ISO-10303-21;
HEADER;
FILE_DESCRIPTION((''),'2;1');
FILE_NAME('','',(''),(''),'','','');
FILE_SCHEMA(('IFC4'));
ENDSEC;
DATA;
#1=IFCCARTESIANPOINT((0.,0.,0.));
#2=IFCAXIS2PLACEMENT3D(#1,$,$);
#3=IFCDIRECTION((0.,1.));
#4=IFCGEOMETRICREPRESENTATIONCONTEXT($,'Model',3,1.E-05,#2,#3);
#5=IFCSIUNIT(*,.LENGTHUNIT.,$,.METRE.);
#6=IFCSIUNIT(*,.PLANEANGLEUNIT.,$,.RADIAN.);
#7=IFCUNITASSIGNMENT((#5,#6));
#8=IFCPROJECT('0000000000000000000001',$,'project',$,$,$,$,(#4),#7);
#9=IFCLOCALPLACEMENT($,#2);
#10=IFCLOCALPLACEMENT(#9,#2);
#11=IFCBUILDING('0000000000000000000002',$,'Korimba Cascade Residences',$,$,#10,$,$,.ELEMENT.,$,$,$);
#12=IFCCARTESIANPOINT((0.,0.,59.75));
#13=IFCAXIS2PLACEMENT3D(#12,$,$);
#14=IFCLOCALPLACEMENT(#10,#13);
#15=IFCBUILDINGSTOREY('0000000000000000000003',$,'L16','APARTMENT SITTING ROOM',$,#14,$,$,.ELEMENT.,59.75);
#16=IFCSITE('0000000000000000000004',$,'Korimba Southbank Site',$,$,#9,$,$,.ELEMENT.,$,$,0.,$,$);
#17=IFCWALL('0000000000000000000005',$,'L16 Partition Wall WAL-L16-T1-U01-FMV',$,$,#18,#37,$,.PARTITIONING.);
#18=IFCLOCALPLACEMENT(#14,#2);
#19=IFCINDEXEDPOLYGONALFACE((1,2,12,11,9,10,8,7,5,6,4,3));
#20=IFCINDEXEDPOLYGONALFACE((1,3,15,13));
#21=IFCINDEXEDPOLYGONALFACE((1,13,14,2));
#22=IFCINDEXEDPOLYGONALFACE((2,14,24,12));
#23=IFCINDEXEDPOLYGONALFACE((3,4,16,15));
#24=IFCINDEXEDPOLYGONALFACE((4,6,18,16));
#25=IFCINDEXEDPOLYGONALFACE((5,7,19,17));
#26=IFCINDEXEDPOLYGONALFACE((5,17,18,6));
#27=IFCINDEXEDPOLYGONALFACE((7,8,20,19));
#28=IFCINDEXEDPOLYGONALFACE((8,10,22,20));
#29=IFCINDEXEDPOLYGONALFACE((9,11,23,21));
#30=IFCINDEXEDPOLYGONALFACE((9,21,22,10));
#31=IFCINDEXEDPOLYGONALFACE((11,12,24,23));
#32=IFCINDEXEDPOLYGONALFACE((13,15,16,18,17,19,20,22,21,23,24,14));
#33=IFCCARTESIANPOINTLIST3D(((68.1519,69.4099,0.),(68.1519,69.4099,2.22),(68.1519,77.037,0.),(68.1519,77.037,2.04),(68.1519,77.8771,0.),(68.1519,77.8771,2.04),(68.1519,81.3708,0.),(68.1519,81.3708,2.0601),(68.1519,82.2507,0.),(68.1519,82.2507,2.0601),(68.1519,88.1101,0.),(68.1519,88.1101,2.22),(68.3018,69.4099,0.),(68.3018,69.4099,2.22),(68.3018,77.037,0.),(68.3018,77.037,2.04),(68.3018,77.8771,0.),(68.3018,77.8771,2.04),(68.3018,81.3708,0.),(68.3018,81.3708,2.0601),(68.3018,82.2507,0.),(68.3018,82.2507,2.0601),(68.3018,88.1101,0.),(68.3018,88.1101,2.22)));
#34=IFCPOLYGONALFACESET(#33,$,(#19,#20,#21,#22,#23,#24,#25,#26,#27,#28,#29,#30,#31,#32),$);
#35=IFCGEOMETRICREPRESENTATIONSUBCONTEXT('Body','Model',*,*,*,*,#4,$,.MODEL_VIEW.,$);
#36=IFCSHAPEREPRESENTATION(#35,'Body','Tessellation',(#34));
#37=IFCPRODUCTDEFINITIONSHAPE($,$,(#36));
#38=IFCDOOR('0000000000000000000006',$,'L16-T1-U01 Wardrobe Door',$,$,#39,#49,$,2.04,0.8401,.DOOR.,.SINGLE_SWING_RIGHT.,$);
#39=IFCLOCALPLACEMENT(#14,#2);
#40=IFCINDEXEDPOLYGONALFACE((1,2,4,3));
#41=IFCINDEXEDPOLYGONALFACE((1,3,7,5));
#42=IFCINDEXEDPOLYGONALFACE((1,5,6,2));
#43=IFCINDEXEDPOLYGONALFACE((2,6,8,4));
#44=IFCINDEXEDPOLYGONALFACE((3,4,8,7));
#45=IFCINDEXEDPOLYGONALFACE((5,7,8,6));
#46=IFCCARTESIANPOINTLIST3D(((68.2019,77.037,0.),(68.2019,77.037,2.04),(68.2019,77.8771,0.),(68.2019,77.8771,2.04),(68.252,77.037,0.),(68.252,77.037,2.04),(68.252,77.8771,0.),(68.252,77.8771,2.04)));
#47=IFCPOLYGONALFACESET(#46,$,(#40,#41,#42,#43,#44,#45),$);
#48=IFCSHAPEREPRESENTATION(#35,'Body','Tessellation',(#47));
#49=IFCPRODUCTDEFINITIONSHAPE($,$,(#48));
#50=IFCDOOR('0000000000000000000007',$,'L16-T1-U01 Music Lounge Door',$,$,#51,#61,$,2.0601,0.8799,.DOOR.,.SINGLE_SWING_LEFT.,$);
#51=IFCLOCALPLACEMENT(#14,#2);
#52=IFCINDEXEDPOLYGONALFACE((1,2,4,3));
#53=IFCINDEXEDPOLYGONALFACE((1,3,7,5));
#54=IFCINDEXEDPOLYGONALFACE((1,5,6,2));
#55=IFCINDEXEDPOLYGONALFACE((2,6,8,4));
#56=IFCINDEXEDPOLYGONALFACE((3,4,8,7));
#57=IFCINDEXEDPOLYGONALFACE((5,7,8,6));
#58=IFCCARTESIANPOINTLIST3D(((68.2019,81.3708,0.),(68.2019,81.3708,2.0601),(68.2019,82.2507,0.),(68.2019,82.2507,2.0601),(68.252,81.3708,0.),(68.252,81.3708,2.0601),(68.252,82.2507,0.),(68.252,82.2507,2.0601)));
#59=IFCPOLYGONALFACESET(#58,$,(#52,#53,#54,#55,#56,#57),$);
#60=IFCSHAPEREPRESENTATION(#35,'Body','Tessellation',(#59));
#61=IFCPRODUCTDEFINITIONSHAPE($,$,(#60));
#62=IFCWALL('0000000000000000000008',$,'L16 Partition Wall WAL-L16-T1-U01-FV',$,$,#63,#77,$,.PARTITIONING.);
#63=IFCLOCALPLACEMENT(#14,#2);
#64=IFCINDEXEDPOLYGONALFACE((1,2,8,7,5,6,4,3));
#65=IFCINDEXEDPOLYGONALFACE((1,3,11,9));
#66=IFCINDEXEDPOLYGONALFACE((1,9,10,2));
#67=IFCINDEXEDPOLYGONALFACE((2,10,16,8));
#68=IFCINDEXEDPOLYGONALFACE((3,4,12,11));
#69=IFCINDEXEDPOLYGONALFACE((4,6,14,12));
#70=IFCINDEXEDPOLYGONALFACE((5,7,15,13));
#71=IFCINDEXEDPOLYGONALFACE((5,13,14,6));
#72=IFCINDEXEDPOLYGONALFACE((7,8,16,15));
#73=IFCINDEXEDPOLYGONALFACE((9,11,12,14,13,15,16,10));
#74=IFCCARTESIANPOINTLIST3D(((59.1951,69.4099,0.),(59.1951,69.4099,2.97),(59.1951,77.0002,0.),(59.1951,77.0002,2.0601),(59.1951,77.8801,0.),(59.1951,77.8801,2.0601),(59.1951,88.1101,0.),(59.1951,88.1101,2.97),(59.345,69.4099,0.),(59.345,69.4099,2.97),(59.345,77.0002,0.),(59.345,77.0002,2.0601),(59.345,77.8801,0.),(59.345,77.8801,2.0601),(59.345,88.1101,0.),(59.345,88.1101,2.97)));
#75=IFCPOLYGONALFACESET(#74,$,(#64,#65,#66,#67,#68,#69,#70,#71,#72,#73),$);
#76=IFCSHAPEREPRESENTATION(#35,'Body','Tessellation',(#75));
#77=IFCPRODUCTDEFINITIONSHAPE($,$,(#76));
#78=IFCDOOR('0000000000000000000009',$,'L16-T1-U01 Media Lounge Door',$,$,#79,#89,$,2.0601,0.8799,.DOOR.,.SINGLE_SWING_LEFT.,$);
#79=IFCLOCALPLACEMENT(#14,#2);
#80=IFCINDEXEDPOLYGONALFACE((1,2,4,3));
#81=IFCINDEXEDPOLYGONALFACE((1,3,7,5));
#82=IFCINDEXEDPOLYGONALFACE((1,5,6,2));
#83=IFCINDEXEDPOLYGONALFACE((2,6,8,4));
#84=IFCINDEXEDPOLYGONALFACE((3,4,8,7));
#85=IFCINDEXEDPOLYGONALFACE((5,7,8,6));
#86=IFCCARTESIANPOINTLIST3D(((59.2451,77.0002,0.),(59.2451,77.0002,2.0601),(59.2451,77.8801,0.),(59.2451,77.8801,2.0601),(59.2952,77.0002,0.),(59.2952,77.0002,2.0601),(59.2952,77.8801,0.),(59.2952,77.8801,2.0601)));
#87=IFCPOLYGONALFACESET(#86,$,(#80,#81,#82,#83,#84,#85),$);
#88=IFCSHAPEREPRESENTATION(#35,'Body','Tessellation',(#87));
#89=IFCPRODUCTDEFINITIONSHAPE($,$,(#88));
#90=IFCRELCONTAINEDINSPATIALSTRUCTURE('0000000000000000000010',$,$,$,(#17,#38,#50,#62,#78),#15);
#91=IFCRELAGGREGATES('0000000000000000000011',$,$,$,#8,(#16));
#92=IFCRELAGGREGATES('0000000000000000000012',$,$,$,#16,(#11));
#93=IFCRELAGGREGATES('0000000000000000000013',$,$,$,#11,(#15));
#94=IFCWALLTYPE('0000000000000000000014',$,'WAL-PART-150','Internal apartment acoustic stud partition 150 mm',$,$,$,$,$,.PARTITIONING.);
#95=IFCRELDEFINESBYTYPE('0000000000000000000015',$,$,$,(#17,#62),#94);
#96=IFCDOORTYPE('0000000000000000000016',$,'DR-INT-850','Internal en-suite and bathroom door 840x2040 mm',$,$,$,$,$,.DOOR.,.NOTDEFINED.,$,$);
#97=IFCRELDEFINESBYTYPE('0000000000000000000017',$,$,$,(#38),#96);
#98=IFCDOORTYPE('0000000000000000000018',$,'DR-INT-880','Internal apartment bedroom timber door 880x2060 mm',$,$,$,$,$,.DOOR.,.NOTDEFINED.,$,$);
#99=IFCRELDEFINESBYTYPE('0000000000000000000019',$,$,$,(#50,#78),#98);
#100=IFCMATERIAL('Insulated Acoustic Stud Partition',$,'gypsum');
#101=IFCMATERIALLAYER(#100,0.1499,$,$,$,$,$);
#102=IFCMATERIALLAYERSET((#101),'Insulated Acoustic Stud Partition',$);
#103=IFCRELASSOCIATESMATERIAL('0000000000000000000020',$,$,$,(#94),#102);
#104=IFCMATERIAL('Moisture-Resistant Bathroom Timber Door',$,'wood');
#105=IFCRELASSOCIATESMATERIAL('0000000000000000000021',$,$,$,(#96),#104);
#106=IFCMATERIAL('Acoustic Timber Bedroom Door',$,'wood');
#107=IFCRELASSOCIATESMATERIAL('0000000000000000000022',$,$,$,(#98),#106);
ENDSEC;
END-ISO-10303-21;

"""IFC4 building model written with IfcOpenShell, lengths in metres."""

from ifc_helpers import new_model, si_unit, direction, frame, frame_2d, origin, place, context, subcontext, project, spatial, rectangle, extrude, material, layer, layer_set, type_object, element, fill, save


model = new_model("IFC4")

# Units and contexts
model_context = context("Model", 3, precision=1e-05, world=origin(), true_north=direction((0.0, 1.0)))
body_context = subcontext(model_context, "Body", "Model", "MODEL_VIEW")
ifc_project = project(units=[si_unit("LENGTHUNIT", "METRE"), si_unit("PLANEANGLEUNIT", "RADIAN")], contexts=[model_context])

# Site, building, storey
site_placement = place(None, origin())
site = spatial("IfcSite", under=ifc_project, at=site_placement, Name="Korimba Southbank Site", CompositionType="ELEMENT", RefElevation=0.0)
building_placement = place(site_placement, origin())
building = spatial("IfcBuilding", under=site, at=building_placement, Name="Korimba Cascade Residences", CompositionType="ELEMENT")
storey_placement = place(building_placement, frame((0.0, 0.0, 59.75)))
storey = spatial("IfcBuildingStorey", under=building, at=storey_placement, Name="L16", Description="APARTMENT SITTING ROOM", CompositionType="ELEMENT", Elevation=59.75)

# Shared definitions
ifc_material_1 = material(Name="Insulated Acoustic Stud Partition", Category="gypsum")
ifc_layer_1 = layer(ifc_material_1, 0.1499)
ifc_layer_set_1 = layer_set([ifc_layer_1], Name="Insulated Acoustic Stud Partition")
wall_type_1 = type_object("IfcWallType", Name="WAL-PART-150", Description="Internal apartment acoustic stud partition 150 mm", PredefinedType="PARTITIONING", material=ifc_layer_set_1)
ifc_material_2 = material(Name="Moisture-Resistant Bathroom Timber Door", Category="wood")
door_type_1 = type_object("IfcDoorType", Name="DR-INT-850", Description="Internal en-suite and bathroom door 840x2040 mm", OperationType="NOTDEFINED", PredefinedType="DOOR", material=ifc_material_2)

# Wall, openings, doors
wall_1_placement = place(storey_placement, frame((68.2268, 69.4099, 0.0), z_axis=(0.0, 0.0, 1.0), x_axis=(0.0, 1.0, 0.0)))
wall_1 = element("IfcWall", 1, at=wall_1_placement, inside=storey, type_object=wall_type_1, Name="L16 Partition Wall WAL-L16-T1-U01-FMV", PredefinedType="PARTITIONING", context=body_context, shape_type="SweptSolid", body=[
    extrude(rectangle(XDim=18.7002, YDim=0.1499, at=frame_2d((9.3501, 0.0))), origin(), (0.0, 0.0, 1.0), 2.22),
])
opening_1_placement = place(wall_1_placement, frame((7.6272, 0.0, 0.0)))
opening_1 = element("IfcOpeningElement", 2, at=opening_1_placement, cuts=wall_1, PredefinedType="OPENING", context=body_context, shape_type="SweptSolid", body=[
    extrude(rectangle(XDim=0.8401, YDim=2.04, at=frame_2d((0.4199, 1.02))), frame((0.0, 0.085, 0.0), z_axis=(0.0, -1.0, 0.0), x_axis=(1.0, 0.0, 0.0)), (0.0, 0.0, 1.0), 0.1699),
])
opening_2_placement = place(wall_1_placement, frame((11.9609, 0.0, 0.0)))
opening_2 = element("IfcOpeningElement", 3, at=opening_2_placement, cuts=wall_1, PredefinedType="OPENING", context=body_context, shape_type="SweptSolid", body=[
    extrude(rectangle(XDim=0.8799, YDim=2.0601, at=frame_2d((0.4399, 1.03))), frame((0.0, 0.085, 0.0), z_axis=(0.0, -1.0, 0.0), x_axis=(1.0, 0.0, 0.0)), (0.0, 0.0, 1.0), 0.1699),
])
door_1_placement = place(opening_1_placement, origin())
door_1 = element("IfcDoor", 4, at=door_1_placement, inside=storey, type_object=door_type_1, Name="L16-T1-U01 Wardrobe Door", OperationType="SINGLE_SWING_RIGHT", OverallHeight=2.04, OverallWidth=0.8401, PredefinedType="DOOR", context=body_context, shape_type="SweptSolid", body=[
    extrude(rectangle(XDim=0.8401, YDim=2.04, at=frame_2d((0.4199, 1.02))), frame((0.0, 0.0249, 0.0), z_axis=(0.0, -1.0, 0.0), x_axis=(1.0, 0.0, 0.0)), (0.0, 0.0, 1.0), 0.05),
])
fill(opening_1, door_1)
ifc_material_3 = material(Name="Acoustic Timber Bedroom Door", Category="wood")
door_type_2 = type_object("IfcDoorType", Name="DR-INT-880", Description="Internal apartment bedroom timber door 880x2060 mm", OperationType="NOTDEFINED", PredefinedType="DOOR", material=ifc_material_3)
door_2_placement = place(opening_2_placement, origin())
door_2 = element("IfcDoor", 5, at=door_2_placement, inside=storey, type_object=door_type_2, Name="L16-T1-U01 Music Lounge Door", OperationType="SINGLE_SWING_LEFT", OverallHeight=2.0601, OverallWidth=0.8799, PredefinedType="DOOR", context=body_context, shape_type="SweptSolid", body=[
    extrude(rectangle(XDim=0.8799, YDim=2.0601, at=frame_2d((0.4399, 1.03))), frame((0.0, 0.0249, 0.0), z_axis=(0.0, -1.0, 0.0), x_axis=(1.0, 0.0, 0.0)), (0.0, 0.0, 1.0), 0.05),
])
fill(opening_2, door_2)

# Wall, opening, door
wall_2_placement = place(storey_placement, frame((59.27, 69.4099, 0.0), z_axis=(0.0, 0.0, 1.0), x_axis=(0.0, 1.0, 0.0)))
wall_2 = element("IfcWall", 6, at=wall_2_placement, inside=storey, type_object=wall_type_1, Name="L16 Partition Wall WAL-L16-T1-U01-FV", PredefinedType="PARTITIONING", context=body_context, shape_type="SweptSolid", body=[
    extrude(rectangle(XDim=18.7002, YDim=0.1499, at=frame_2d((9.3501, 0.0))), origin(), (0.0, 0.0, 1.0), 2.97),
])
opening_3_placement = place(wall_2_placement, frame((7.5903, 0.0, 0.0)))
opening_3 = element("IfcOpeningElement", 7, at=opening_3_placement, cuts=wall_2, PredefinedType="OPENING", context=body_context, shape_type="SweptSolid", body=[
    extrude(rectangle(XDim=0.8799, YDim=2.0601, at=frame_2d((0.4399, 1.03))), frame((0.0, 0.085, 0.0), z_axis=(0.0, -1.0, 0.0), x_axis=(1.0, 0.0, 0.0)), (0.0, 0.0, 1.0), 0.1699),
])
door_3_placement = place(opening_3_placement, origin())
door_3 = element("IfcDoor", 8, at=door_3_placement, inside=storey, type_object=door_type_2, Name="L16-T1-U01 Media Lounge Door", OperationType="SINGLE_SWING_LEFT", OverallHeight=2.0601, OverallWidth=0.8799, PredefinedType="DOOR", context=body_context, shape_type="SweptSolid", body=[
    extrude(rectangle(XDim=0.8799, YDim=2.0601, at=frame_2d((0.4399, 1.03))), frame((0.0, 0.0249, 0.0), z_axis=(0.0, -1.0, 0.0), x_axis=(1.0, 0.0, 0.0)), (0.0, 0.0, 1.0), 0.05),
])
fill(opening_3, door_3)

save(model, "model.ifc")
